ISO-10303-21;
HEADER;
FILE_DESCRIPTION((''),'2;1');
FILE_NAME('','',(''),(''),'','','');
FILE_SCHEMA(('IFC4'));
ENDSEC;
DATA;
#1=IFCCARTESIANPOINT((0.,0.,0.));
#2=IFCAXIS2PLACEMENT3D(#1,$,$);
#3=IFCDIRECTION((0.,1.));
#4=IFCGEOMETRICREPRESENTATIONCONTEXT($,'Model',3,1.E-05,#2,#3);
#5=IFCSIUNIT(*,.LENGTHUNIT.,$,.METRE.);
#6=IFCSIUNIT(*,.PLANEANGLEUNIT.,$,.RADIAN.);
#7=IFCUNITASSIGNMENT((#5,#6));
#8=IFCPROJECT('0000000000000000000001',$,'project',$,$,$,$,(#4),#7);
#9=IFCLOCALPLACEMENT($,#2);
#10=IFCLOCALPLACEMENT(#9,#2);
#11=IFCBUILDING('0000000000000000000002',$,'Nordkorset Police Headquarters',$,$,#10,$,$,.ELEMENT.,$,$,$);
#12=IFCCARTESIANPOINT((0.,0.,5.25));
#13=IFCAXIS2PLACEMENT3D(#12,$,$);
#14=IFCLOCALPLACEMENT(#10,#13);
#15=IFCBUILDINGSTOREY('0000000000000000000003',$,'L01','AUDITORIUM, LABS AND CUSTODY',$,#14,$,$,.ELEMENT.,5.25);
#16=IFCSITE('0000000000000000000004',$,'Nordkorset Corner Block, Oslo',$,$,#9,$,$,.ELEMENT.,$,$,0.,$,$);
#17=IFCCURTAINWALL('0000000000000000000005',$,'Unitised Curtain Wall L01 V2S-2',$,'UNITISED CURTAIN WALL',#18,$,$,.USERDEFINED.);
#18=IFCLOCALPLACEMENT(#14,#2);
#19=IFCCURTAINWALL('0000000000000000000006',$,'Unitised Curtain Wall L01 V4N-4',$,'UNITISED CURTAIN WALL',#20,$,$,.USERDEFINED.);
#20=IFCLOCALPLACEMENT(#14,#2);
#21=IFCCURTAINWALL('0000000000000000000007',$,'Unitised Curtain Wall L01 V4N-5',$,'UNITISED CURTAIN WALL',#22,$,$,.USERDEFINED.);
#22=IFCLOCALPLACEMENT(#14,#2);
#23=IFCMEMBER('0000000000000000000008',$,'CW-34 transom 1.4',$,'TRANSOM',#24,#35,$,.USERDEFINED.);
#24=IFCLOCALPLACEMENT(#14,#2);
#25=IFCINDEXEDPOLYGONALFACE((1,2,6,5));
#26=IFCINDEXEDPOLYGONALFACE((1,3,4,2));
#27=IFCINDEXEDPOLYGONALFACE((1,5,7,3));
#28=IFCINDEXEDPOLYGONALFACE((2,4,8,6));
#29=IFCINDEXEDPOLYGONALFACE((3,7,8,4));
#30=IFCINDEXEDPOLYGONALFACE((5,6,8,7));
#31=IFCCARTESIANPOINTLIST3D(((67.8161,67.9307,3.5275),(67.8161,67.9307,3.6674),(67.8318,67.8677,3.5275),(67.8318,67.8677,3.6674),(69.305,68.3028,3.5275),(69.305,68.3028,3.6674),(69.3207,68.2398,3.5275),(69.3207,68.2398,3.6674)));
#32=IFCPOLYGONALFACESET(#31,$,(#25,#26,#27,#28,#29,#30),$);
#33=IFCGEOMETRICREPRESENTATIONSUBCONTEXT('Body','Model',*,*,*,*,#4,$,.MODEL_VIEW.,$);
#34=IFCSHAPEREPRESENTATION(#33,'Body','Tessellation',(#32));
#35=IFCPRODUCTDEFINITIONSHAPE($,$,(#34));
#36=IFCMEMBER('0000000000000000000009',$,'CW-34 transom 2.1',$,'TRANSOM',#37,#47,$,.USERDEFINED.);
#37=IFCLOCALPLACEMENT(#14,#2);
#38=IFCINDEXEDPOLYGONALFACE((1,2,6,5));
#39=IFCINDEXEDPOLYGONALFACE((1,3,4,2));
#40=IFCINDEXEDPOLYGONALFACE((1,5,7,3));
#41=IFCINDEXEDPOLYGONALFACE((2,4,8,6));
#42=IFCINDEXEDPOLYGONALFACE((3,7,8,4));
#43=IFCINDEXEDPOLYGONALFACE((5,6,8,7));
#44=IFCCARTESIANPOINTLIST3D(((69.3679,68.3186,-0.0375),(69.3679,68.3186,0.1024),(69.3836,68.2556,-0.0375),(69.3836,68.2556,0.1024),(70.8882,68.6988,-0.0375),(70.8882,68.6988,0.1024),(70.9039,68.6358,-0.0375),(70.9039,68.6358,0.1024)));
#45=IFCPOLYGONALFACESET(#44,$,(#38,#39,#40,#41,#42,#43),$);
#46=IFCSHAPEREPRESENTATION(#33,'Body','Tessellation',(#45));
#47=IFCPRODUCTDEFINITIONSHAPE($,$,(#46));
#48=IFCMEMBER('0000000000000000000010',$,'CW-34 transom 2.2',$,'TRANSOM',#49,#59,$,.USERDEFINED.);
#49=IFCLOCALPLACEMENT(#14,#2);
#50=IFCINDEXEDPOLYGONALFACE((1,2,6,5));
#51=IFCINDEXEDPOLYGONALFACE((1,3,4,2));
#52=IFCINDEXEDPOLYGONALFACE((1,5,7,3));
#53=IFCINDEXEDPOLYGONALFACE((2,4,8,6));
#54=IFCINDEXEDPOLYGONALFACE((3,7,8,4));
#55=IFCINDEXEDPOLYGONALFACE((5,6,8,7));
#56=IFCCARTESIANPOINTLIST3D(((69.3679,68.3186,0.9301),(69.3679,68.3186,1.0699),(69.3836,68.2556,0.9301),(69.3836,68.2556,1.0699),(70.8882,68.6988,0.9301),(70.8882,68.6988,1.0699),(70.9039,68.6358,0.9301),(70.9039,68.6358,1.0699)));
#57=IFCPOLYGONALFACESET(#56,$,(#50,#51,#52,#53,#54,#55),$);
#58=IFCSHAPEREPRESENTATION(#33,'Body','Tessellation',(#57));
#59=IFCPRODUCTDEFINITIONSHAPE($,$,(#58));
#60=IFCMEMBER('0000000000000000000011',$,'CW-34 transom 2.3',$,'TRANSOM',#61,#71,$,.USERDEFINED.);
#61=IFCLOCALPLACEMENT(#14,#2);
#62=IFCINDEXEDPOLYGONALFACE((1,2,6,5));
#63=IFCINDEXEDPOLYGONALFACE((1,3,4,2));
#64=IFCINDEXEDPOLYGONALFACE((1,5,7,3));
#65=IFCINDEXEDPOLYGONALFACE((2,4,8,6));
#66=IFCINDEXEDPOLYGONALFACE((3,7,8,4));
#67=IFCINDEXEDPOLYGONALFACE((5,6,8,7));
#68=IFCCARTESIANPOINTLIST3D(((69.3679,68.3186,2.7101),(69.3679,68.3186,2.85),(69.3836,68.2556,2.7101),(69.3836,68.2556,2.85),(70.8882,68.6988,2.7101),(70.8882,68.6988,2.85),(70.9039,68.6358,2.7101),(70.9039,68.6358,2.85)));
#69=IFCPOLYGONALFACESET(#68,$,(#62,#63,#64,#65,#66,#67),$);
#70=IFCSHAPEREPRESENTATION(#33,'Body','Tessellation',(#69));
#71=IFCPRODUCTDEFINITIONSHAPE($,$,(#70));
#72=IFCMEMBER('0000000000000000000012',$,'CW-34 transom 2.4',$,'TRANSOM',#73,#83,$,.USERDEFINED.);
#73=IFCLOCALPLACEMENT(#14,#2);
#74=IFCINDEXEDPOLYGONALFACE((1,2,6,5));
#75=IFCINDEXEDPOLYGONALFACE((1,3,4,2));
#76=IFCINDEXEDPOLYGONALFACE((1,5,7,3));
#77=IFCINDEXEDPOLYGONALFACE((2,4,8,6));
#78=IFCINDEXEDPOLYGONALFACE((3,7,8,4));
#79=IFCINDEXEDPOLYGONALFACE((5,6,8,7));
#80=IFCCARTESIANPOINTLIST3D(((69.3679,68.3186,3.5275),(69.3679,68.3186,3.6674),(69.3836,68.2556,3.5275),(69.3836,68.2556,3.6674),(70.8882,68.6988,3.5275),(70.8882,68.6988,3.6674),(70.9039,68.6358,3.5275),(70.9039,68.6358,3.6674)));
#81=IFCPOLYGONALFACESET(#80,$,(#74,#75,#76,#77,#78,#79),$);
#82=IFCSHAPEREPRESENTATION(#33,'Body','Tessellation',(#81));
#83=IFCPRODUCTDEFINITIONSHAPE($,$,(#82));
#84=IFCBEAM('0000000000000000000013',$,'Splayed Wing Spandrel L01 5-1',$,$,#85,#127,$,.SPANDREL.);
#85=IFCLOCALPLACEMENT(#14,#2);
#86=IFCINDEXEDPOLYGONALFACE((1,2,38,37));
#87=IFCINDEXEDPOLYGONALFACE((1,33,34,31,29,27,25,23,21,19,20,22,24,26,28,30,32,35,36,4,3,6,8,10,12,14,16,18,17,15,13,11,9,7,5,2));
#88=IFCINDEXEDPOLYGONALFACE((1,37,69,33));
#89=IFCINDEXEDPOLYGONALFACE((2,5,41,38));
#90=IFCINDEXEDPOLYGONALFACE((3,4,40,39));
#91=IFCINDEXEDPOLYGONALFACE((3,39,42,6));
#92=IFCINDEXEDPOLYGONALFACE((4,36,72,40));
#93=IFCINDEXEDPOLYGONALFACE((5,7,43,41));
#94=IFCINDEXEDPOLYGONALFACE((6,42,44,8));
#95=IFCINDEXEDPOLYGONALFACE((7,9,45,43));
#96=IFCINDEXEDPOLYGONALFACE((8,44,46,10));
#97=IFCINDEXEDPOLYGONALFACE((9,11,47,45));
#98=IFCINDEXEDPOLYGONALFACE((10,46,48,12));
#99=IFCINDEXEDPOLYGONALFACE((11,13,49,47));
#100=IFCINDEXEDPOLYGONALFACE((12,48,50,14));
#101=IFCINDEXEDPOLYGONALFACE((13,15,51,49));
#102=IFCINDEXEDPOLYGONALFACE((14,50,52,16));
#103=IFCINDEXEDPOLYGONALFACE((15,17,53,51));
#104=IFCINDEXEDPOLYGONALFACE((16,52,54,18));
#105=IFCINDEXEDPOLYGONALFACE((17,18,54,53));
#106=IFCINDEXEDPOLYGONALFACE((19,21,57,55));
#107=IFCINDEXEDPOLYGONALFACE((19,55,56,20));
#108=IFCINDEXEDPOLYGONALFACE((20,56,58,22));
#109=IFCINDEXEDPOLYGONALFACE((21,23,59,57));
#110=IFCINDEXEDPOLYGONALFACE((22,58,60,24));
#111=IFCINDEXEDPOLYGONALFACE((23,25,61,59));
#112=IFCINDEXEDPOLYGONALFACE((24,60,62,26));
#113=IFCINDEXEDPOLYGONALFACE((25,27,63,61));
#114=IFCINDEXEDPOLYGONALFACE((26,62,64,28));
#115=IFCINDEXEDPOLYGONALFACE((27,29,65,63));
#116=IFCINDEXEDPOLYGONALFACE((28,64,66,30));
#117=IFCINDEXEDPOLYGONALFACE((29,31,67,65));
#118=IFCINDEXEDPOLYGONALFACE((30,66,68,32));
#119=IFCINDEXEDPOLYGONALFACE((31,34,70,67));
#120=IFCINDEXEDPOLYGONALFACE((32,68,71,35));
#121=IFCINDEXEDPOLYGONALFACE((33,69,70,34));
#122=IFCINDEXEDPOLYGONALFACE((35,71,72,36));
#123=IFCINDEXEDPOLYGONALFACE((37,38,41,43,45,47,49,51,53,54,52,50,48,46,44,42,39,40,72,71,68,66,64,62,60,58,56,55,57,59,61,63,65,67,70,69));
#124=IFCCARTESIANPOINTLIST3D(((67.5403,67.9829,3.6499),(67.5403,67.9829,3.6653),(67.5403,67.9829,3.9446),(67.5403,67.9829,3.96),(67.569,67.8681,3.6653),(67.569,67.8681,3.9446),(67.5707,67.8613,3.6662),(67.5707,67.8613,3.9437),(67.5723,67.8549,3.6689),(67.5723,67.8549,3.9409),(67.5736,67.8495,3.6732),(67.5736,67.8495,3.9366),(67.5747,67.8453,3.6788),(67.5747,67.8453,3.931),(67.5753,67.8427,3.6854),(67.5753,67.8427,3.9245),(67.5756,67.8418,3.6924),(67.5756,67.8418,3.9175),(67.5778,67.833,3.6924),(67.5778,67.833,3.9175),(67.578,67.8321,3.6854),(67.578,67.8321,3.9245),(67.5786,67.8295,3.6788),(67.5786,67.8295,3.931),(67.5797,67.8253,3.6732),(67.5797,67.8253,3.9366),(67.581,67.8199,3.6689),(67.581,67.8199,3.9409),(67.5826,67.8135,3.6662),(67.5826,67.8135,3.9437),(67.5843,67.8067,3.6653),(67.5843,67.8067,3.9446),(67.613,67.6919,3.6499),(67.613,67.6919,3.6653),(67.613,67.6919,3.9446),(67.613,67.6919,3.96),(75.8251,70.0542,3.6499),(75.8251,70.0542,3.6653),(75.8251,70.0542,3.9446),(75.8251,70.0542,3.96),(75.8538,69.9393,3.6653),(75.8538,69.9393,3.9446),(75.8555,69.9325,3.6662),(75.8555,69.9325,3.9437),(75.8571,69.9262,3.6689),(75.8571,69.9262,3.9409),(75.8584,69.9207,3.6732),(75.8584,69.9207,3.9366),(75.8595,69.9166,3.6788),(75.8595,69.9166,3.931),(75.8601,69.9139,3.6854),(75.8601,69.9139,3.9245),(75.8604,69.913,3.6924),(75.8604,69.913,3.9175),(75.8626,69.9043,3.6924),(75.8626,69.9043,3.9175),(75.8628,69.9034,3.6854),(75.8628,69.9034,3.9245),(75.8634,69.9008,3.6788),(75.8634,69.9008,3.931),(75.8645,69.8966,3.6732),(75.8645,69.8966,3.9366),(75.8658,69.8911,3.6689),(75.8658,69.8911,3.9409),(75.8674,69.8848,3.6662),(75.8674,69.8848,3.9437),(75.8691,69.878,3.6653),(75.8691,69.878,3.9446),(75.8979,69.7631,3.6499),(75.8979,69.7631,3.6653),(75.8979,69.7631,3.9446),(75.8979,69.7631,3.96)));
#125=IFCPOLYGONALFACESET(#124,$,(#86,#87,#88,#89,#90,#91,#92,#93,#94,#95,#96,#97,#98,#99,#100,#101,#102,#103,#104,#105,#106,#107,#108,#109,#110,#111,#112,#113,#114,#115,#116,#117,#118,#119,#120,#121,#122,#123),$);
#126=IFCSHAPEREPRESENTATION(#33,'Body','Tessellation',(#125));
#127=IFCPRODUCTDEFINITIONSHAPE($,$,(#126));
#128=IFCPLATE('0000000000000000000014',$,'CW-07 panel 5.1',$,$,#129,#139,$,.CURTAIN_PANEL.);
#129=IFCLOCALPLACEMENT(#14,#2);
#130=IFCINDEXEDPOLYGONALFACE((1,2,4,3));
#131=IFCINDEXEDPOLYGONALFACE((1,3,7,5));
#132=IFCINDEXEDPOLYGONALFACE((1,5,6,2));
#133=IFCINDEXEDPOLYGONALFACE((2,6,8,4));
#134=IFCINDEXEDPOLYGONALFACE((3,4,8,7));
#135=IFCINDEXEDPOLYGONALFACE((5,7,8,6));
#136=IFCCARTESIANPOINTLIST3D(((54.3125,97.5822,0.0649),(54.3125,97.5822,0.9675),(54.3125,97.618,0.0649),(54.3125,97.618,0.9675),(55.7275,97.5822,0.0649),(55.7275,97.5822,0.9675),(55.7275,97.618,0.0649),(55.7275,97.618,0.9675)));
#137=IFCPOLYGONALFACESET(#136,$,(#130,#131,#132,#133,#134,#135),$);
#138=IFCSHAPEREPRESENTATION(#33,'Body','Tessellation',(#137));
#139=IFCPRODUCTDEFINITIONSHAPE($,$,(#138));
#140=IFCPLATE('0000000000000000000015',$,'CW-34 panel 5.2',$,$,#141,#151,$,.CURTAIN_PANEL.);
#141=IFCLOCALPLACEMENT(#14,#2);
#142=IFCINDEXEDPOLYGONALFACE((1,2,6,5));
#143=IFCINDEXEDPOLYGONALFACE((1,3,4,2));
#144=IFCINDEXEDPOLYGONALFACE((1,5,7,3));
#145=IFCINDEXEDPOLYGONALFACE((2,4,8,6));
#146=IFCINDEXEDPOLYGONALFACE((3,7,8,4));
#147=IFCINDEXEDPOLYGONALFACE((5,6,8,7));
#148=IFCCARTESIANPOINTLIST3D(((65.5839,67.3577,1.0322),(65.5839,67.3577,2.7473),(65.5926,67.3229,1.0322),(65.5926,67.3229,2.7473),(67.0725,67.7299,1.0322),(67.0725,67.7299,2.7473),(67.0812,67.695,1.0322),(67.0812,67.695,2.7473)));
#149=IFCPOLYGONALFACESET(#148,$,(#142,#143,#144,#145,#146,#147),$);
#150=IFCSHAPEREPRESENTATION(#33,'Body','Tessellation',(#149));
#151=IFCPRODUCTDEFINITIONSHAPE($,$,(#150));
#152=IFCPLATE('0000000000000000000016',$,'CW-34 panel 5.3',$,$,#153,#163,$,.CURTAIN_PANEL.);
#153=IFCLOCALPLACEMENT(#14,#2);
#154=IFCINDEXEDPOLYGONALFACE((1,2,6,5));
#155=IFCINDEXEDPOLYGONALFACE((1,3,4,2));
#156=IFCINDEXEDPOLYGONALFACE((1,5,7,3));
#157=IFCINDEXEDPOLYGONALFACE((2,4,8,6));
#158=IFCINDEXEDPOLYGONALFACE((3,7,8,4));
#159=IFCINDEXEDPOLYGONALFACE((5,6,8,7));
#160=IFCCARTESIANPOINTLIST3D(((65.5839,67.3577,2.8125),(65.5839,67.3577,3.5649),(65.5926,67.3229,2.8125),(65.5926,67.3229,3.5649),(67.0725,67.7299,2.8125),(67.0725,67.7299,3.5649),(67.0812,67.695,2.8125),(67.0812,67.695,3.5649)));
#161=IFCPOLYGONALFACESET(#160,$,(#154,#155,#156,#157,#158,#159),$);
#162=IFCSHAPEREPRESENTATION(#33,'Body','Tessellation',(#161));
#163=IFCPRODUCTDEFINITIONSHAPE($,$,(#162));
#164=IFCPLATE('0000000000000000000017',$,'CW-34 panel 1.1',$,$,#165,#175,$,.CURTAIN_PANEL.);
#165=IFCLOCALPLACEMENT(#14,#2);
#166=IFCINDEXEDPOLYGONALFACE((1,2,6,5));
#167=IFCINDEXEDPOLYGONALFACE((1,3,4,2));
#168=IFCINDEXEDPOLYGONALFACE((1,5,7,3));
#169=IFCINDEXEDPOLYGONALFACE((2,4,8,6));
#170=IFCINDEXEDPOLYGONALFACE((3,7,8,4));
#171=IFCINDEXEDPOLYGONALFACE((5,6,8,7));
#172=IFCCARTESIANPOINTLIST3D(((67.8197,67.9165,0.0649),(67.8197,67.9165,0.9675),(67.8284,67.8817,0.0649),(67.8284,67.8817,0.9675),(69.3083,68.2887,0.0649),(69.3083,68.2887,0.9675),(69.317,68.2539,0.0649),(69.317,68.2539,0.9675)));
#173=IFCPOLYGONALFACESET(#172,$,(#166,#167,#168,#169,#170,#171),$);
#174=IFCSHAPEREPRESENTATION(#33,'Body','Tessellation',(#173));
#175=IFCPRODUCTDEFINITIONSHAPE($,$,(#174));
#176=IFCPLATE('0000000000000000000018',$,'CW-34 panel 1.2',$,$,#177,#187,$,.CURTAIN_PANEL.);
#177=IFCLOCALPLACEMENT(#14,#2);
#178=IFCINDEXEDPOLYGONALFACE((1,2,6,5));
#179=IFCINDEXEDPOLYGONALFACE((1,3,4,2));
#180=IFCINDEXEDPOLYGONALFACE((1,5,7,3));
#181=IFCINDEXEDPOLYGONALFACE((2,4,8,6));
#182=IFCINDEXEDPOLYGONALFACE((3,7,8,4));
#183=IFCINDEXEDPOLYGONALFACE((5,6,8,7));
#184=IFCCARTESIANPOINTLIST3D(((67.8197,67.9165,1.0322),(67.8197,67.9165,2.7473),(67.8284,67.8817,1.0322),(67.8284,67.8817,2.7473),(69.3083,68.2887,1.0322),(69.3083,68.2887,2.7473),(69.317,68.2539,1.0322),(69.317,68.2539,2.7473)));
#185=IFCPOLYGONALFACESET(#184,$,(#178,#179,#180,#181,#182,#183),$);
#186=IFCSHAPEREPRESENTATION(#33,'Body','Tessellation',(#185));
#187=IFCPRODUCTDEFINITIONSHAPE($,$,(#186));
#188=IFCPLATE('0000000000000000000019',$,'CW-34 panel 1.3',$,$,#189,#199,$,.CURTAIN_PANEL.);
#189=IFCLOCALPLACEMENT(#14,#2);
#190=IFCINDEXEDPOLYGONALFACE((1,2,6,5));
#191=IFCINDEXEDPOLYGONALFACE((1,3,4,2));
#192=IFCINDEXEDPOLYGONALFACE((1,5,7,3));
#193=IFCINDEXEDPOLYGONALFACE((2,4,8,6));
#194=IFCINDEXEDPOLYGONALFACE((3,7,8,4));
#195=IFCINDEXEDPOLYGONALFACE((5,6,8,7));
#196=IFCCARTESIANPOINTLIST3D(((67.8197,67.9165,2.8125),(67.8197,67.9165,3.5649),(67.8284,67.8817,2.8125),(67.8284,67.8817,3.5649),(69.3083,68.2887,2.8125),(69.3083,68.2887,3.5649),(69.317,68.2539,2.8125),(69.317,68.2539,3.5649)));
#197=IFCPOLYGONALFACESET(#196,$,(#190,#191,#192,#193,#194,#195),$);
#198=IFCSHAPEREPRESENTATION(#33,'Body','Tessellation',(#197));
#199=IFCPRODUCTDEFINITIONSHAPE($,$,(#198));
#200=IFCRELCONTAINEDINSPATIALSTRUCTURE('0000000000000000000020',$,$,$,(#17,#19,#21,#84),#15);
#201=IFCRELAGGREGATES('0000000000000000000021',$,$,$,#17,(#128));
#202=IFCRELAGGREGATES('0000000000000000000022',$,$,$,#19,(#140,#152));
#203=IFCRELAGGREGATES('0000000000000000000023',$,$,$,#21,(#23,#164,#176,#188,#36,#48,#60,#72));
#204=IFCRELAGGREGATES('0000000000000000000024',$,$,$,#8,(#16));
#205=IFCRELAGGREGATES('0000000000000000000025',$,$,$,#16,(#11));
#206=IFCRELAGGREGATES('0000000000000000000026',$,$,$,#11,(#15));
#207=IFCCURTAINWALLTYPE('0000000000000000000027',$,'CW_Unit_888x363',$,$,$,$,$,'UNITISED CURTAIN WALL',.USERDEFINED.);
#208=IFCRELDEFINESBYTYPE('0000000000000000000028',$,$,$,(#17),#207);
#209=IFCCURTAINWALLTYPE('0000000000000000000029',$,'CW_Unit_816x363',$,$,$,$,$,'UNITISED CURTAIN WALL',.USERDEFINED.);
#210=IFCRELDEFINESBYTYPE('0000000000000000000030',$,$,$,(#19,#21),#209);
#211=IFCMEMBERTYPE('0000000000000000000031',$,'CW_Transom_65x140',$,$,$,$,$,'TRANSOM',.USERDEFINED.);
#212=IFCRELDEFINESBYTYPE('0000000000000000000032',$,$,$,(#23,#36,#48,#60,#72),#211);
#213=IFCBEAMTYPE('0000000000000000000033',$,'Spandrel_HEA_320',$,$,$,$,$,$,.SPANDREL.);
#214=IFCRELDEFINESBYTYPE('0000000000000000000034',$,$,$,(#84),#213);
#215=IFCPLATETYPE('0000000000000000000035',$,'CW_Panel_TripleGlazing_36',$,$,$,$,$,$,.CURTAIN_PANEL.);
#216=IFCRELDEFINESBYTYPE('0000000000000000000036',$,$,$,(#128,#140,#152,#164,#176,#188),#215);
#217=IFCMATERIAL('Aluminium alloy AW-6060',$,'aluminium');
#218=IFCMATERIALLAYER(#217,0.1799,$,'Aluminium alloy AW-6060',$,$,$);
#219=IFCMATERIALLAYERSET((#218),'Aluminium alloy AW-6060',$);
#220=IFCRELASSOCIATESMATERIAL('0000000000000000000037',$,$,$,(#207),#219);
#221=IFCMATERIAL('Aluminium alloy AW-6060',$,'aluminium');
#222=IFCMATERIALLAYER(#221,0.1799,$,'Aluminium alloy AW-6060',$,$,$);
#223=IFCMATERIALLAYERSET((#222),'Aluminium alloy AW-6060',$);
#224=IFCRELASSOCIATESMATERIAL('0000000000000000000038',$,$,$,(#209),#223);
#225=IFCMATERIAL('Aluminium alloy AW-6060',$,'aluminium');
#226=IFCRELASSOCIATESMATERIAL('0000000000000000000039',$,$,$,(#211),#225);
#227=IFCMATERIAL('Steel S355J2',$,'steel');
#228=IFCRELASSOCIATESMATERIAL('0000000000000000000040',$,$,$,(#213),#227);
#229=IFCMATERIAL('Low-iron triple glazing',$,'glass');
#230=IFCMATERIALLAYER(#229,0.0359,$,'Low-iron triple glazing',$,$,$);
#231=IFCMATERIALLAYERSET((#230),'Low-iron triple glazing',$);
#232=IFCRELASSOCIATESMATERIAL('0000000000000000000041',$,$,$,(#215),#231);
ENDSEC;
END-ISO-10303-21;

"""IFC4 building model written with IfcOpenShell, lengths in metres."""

from ifc_helpers import new_model, si_unit, direction, frame, origin, origin_2d, place, context, subcontext, project, spatial, rectangle, i_section, extrude, material, layer, layer_set, material_profile, profile_set, type_object, element, aggregate, save


model = new_model("IFC4")

# Units and contexts
model_context = context("Model", 3, precision=1e-05, world=origin(), true_north=direction((0.0, 1.0)))
body_context = subcontext(model_context, "Body", "Model", "MODEL_VIEW")
ifc_project = project(units=[si_unit("LENGTHUNIT", "METRE"), si_unit("PLANEANGLEUNIT", "RADIAN")], contexts=[model_context])

# Site, building, storey
site_placement = place(None, origin())
site = spatial("IfcSite", under=ifc_project, at=site_placement, Name="Nordkorset Corner Block, Oslo", CompositionType="ELEMENT", RefElevation=0.0)
building_placement = place(site_placement, origin())
building = spatial("IfcBuilding", under=site, at=building_placement, Name="Nordkorset Police Headquarters", CompositionType="ELEMENT")
storey_placement = place(building_placement, frame((0.0, 0.0, 5.25)))
storey = spatial("IfcBuildingStorey", under=building, at=storey_placement, Name="L01", Description="AUDITORIUM, LABS AND CUSTODY", CompositionType="ELEMENT", Elevation=5.25)

# Curtain walls
ifc_material_1 = material(Name="Aluminium alloy AW-6060", Category="aluminium")
ifc_layer_1 = layer(ifc_material_1, 0.1799, Name="Aluminium alloy AW-6060")
ifc_layer_set_1 = layer_set([ifc_layer_1], Name="Aluminium alloy AW-6060")
curtain_wall_type_1 = type_object("IfcCurtainWallType", Name="CW_Unit_888x363", ElementType="UNITISED CURTAIN WALL", PredefinedType="USERDEFINED", material=ifc_layer_set_1)
curtain_wall_1_placement = place(storey_placement, origin())
curtain_wall_1 = element("IfcCurtainWall", 1, at=curtain_wall_1_placement, inside=storey, type_object=curtain_wall_type_1, Name="Unitised Curtain Wall L01 V2S-2", ObjectType="UNITISED CURTAIN WALL", PredefinedType="USERDEFINED")
ifc_material_2 = material(Name="Aluminium alloy AW-6060", Category="aluminium")
ifc_layer_2 = layer(ifc_material_2, 0.1799, Name="Aluminium alloy AW-6060")
ifc_layer_set_2 = layer_set([ifc_layer_2], Name="Aluminium alloy AW-6060")
curtain_wall_type_2 = type_object("IfcCurtainWallType", Name="CW_Unit_816x363", ElementType="UNITISED CURTAIN WALL", PredefinedType="USERDEFINED", material=ifc_layer_set_2)
curtain_wall_2_placement = place(storey_placement, origin())
curtain_wall_2 = element("IfcCurtainWall", 2, at=curtain_wall_2_placement, inside=storey, type_object=curtain_wall_type_2, Name="Unitised Curtain Wall L01 V4N-4", ObjectType="UNITISED CURTAIN WALL", PredefinedType="USERDEFINED")

# Curtain wall
curtain_wall_3_placement = place(storey_placement, origin())
curtain_wall_3 = element("IfcCurtainWall", 3, at=curtain_wall_3_placement, inside=storey, type_object=curtain_wall_type_2, Name="Unitised Curtain Wall L01 V4N-5", ObjectType="UNITISED CURTAIN WALL", PredefinedType="USERDEFINED")

# Members
ifc_material_3 = material(Name="Aluminium alloy AW-6060", Category="aluminium")
ifc_material_profile_1 = material_profile(ifc_material_3, rectangle(XDim=0.0649, YDim=0.1399, at=origin_2d()), Name="ALU TRAN 65x140")
ifc_profile_set_1 = profile_set([ifc_material_profile_1], Name="Aluminium alloy AW-6060")
member_type_1 = type_object("IfcMemberType", Name="CW_Transom_65x140", ElementType="TRANSOM", PredefinedType="USERDEFINED", material=ifc_profile_set_1)
member_1_placement = place(storey_placement, frame((67.824, 67.8992, 3.5974), z_axis=(0.970161, 0.242461, 0.0), x_axis=(-0.242461, 0.970161, 0.0)))
member_1 = element("IfcMember", 4, at=member_1_placement, type_object=member_type_1, Name="CW-34 transom 1.4", ObjectType="TRANSOM", PredefinedType="USERDEFINED", context=body_context, shape_type="SweptSolid", body=[
    extrude(rectangle(XDim=0.0649, YDim=0.1399, at=origin_2d()), origin(), (0.0, 0.0, 1.0), 1.5347),
])
member_2_placement = place(storey_placement, frame((69.3757, 68.2871, 0.0325), z_axis=(0.970133, 0.242572, 0.0), x_axis=(-0.242572, 0.970133, 0.0)))
member_2 = element("IfcMember", 5, at=member_2_placement, type_object=member_type_1, Name="CW-34 transom 2.1", ObjectType="TRANSOM", PredefinedType="USERDEFINED", context=body_context, shape_type="SweptSolid", body=[
    extrude(rectangle(XDim=0.0649, YDim=0.1399, at=origin_2d()), origin(), (0.0, 0.0, 1.0), 1.5671),
])
member_3_placement = place(storey_placement, frame((69.3757, 68.2871, 1.0), z_axis=(0.970133, 0.242572, 0.0), x_axis=(-0.242572, 0.970133, 0.0)))
member_3 = element("IfcMember", 6, at=member_3_placement, type_object=member_type_1, Name="CW-34 transom 2.2", ObjectType="TRANSOM", PredefinedType="USERDEFINED", context=body_context, shape_type="SweptSolid", body=[
    extrude(rectangle(XDim=0.0649, YDim=0.1399, at=origin_2d()), origin(), (0.0, 0.0, 1.0), 1.5671),
])
member_4_placement = place(storey_placement, frame((69.3757, 68.2871, 2.78), z_axis=(0.970133, 0.242572, 0.0), x_axis=(-0.242572, 0.970133, 0.0)))
member_4 = element("IfcMember", 7, at=member_4_placement, type_object=member_type_1, Name="CW-34 transom 2.3", ObjectType="TRANSOM", PredefinedType="USERDEFINED", context=body_context, shape_type="SweptSolid", body=[
    extrude(rectangle(XDim=0.0649, YDim=0.1399, at=origin_2d()), origin(), (0.0, 0.0, 1.0), 1.5671),
])
member_5_placement = place(storey_placement, frame((69.3757, 68.2871, 3.5974), z_axis=(0.970133, 0.242572, 0.0), x_axis=(-0.242572, 0.970133, 0.0)))
member_5 = element("IfcMember", 8, at=member_5_placement, type_object=member_type_1, Name="CW-34 transom 2.4", ObjectType="TRANSOM", PredefinedType="USERDEFINED", context=body_context, shape_type="SweptSolid", body=[
    extrude(rectangle(XDim=0.0649, YDim=0.1399, at=origin_2d()), origin(), (0.0, 0.0, 1.0), 1.5671),
])

# Beam
ifc_material_4 = material(Name="Steel S355J2", Category="steel")
ifc_material_profile_2 = material_profile(ifc_material_4, i_section(OverallWidth=0.3, OverallDepth=0.3101, WebThickness=0.009, FlangeThickness=0.0154, FilletRadius=0.0271, at=origin_2d()), Name="HEA 320")
ifc_profile_set_2 = profile_set([ifc_material_profile_2], Name="Steel S355J2")
beam_type = type_object("IfcBeamType", Name="Spandrel_HEA_320", PredefinedType="SPANDREL", material=ifc_profile_set_2)
beam_placement = place(storey_placement, frame((67.5767, 67.8374, 3.8049), z_axis=(0.970141, 0.242542, 0.0), x_axis=(-0.242542, 0.970141, 0.0)))
element("IfcBeam", 9, at=beam_placement, inside=storey, type_object=beam_type, Name="Splayed Wing Spandrel L01 5-1", PredefinedType="SPANDREL", context=body_context, shape_type="SweptSolid", body=[
    extrude(i_section(OverallWidth=0.3, OverallDepth=0.3101, WebThickness=0.009, FlangeThickness=0.0154, FilletRadius=0.0271, at=origin_2d()), origin(), (0.0, 0.0, 1.0), 8.5398),
])

# Plates
ifc_material_5 = material(Name="Low-iron triple glazing", Category="glass")
ifc_layer_3 = layer(ifc_material_5, 0.0359, Name="Low-iron triple glazing")
ifc_layer_set_3 = layer_set([ifc_layer_3], Name="Low-iron triple glazing")
plate_type = type_object("IfcPlateType", Name="CW_Panel_TripleGlazing_36", PredefinedType="CURTAIN_PANEL", material=ifc_layer_set_3)
plate_1_placement = place(storey_placement, frame((55.02, 97.6001, 0.0649), z_axis=(0.0, 0.0, 1.0), x_axis=(1.0, 0.0, 0.0)))
plate_1 = element("IfcPlate", 10, at=plate_1_placement, type_object=plate_type, Name="CW-07 panel 5.1", PredefinedType="CURTAIN_PANEL", context=body_context, shape_type="SweptSolid", body=[
    extrude(rectangle(XDim=1.415, YDim=0.0359, at=origin_2d()), origin(), (0.0, 0.0, 1.0), 0.9026),
])
aggregate(curtain_wall_1, [plate_1])
plate_2_placement = place(storey_placement, frame((66.3325, 67.5264, 1.0322), z_axis=(0.0, 0.0, 1.0), x_axis=(0.970143, 0.242535, 0.0)))
plate_2 = element("IfcPlate", 11, at=plate_2_placement, type_object=plate_type, Name="CW-34 panel 5.2", PredefinedType="CURTAIN_PANEL", context=body_context, shape_type="SweptSolid", body=[
    extrude(rectangle(XDim=1.5344, YDim=0.0359, at=origin_2d()), origin(), (0.0, 0.0, 1.0), 1.7151),
])
plate_3_placement = place(storey_placement, frame((66.3325, 67.5264, 2.8125), z_axis=(0.0, 0.0, 1.0), x_axis=(0.970143, 0.242535, 0.0)))
plate_3 = element("IfcPlate", 12, at=plate_3_placement, type_object=plate_type, Name="CW-34 panel 5.3", PredefinedType="CURTAIN_PANEL", context=body_context, shape_type="SweptSolid", body=[
    extrude(rectangle(XDim=1.5344, YDim=0.0359, at=origin_2d()), origin(), (0.0, 0.0, 1.0), 0.7524),
])
aggregate(curtain_wall_2, [plate_2, plate_3])
plate_4_placement = place(storey_placement, frame((68.5684, 68.0852, 0.0649), z_axis=(0.0, 0.0, 1.0), x_axis=(0.970143, 0.242536, 0.0)))
plate_4 = element("IfcPlate", 13, at=plate_4_placement, type_object=plate_type, Name="CW-34 panel 1.1", PredefinedType="CURTAIN_PANEL", context=body_context, shape_type="SweptSolid", body=[
    extrude(rectangle(XDim=1.5344, YDim=0.0359, at=origin_2d()), origin(), (0.0, 0.0, 1.0), 0.9026),
])
plate_5_placement = place(storey_placement, frame((68.5684, 68.0852, 1.0322), z_axis=(0.0, 0.0, 1.0), x_axis=(0.970143, 0.242536, 0.0)))
plate_5 = element("IfcPlate", 14, at=plate_5_placement, type_object=plate_type, Name="CW-34 panel 1.2", PredefinedType="CURTAIN_PANEL", context=body_context, shape_type="SweptSolid", body=[
    extrude(rectangle(XDim=1.5344, YDim=0.0359, at=origin_2d()), origin(), (0.0, 0.0, 1.0), 1.7151),
])
plate_6_placement = place(storey_placement, frame((68.5684, 68.0852, 2.8125), z_axis=(0.0, 0.0, 1.0), x_axis=(0.970143, 0.242536, 0.0)))
plate_6 = element("IfcPlate", 15, at=plate_6_placement, type_object=plate_type, Name="CW-34 panel 1.3", PredefinedType="CURTAIN_PANEL", context=body_context, shape_type="SweptSolid", body=[
    extrude(rectangle(XDim=1.5344, YDim=0.0359, at=origin_2d()), origin(), (0.0, 0.0, 1.0), 0.7524),
])
aggregate(curtain_wall_3, [member_1, plate_4, plate_5, plate_6, member_2, member_3, member_4, member_5])

save(model, "model.ifc")
